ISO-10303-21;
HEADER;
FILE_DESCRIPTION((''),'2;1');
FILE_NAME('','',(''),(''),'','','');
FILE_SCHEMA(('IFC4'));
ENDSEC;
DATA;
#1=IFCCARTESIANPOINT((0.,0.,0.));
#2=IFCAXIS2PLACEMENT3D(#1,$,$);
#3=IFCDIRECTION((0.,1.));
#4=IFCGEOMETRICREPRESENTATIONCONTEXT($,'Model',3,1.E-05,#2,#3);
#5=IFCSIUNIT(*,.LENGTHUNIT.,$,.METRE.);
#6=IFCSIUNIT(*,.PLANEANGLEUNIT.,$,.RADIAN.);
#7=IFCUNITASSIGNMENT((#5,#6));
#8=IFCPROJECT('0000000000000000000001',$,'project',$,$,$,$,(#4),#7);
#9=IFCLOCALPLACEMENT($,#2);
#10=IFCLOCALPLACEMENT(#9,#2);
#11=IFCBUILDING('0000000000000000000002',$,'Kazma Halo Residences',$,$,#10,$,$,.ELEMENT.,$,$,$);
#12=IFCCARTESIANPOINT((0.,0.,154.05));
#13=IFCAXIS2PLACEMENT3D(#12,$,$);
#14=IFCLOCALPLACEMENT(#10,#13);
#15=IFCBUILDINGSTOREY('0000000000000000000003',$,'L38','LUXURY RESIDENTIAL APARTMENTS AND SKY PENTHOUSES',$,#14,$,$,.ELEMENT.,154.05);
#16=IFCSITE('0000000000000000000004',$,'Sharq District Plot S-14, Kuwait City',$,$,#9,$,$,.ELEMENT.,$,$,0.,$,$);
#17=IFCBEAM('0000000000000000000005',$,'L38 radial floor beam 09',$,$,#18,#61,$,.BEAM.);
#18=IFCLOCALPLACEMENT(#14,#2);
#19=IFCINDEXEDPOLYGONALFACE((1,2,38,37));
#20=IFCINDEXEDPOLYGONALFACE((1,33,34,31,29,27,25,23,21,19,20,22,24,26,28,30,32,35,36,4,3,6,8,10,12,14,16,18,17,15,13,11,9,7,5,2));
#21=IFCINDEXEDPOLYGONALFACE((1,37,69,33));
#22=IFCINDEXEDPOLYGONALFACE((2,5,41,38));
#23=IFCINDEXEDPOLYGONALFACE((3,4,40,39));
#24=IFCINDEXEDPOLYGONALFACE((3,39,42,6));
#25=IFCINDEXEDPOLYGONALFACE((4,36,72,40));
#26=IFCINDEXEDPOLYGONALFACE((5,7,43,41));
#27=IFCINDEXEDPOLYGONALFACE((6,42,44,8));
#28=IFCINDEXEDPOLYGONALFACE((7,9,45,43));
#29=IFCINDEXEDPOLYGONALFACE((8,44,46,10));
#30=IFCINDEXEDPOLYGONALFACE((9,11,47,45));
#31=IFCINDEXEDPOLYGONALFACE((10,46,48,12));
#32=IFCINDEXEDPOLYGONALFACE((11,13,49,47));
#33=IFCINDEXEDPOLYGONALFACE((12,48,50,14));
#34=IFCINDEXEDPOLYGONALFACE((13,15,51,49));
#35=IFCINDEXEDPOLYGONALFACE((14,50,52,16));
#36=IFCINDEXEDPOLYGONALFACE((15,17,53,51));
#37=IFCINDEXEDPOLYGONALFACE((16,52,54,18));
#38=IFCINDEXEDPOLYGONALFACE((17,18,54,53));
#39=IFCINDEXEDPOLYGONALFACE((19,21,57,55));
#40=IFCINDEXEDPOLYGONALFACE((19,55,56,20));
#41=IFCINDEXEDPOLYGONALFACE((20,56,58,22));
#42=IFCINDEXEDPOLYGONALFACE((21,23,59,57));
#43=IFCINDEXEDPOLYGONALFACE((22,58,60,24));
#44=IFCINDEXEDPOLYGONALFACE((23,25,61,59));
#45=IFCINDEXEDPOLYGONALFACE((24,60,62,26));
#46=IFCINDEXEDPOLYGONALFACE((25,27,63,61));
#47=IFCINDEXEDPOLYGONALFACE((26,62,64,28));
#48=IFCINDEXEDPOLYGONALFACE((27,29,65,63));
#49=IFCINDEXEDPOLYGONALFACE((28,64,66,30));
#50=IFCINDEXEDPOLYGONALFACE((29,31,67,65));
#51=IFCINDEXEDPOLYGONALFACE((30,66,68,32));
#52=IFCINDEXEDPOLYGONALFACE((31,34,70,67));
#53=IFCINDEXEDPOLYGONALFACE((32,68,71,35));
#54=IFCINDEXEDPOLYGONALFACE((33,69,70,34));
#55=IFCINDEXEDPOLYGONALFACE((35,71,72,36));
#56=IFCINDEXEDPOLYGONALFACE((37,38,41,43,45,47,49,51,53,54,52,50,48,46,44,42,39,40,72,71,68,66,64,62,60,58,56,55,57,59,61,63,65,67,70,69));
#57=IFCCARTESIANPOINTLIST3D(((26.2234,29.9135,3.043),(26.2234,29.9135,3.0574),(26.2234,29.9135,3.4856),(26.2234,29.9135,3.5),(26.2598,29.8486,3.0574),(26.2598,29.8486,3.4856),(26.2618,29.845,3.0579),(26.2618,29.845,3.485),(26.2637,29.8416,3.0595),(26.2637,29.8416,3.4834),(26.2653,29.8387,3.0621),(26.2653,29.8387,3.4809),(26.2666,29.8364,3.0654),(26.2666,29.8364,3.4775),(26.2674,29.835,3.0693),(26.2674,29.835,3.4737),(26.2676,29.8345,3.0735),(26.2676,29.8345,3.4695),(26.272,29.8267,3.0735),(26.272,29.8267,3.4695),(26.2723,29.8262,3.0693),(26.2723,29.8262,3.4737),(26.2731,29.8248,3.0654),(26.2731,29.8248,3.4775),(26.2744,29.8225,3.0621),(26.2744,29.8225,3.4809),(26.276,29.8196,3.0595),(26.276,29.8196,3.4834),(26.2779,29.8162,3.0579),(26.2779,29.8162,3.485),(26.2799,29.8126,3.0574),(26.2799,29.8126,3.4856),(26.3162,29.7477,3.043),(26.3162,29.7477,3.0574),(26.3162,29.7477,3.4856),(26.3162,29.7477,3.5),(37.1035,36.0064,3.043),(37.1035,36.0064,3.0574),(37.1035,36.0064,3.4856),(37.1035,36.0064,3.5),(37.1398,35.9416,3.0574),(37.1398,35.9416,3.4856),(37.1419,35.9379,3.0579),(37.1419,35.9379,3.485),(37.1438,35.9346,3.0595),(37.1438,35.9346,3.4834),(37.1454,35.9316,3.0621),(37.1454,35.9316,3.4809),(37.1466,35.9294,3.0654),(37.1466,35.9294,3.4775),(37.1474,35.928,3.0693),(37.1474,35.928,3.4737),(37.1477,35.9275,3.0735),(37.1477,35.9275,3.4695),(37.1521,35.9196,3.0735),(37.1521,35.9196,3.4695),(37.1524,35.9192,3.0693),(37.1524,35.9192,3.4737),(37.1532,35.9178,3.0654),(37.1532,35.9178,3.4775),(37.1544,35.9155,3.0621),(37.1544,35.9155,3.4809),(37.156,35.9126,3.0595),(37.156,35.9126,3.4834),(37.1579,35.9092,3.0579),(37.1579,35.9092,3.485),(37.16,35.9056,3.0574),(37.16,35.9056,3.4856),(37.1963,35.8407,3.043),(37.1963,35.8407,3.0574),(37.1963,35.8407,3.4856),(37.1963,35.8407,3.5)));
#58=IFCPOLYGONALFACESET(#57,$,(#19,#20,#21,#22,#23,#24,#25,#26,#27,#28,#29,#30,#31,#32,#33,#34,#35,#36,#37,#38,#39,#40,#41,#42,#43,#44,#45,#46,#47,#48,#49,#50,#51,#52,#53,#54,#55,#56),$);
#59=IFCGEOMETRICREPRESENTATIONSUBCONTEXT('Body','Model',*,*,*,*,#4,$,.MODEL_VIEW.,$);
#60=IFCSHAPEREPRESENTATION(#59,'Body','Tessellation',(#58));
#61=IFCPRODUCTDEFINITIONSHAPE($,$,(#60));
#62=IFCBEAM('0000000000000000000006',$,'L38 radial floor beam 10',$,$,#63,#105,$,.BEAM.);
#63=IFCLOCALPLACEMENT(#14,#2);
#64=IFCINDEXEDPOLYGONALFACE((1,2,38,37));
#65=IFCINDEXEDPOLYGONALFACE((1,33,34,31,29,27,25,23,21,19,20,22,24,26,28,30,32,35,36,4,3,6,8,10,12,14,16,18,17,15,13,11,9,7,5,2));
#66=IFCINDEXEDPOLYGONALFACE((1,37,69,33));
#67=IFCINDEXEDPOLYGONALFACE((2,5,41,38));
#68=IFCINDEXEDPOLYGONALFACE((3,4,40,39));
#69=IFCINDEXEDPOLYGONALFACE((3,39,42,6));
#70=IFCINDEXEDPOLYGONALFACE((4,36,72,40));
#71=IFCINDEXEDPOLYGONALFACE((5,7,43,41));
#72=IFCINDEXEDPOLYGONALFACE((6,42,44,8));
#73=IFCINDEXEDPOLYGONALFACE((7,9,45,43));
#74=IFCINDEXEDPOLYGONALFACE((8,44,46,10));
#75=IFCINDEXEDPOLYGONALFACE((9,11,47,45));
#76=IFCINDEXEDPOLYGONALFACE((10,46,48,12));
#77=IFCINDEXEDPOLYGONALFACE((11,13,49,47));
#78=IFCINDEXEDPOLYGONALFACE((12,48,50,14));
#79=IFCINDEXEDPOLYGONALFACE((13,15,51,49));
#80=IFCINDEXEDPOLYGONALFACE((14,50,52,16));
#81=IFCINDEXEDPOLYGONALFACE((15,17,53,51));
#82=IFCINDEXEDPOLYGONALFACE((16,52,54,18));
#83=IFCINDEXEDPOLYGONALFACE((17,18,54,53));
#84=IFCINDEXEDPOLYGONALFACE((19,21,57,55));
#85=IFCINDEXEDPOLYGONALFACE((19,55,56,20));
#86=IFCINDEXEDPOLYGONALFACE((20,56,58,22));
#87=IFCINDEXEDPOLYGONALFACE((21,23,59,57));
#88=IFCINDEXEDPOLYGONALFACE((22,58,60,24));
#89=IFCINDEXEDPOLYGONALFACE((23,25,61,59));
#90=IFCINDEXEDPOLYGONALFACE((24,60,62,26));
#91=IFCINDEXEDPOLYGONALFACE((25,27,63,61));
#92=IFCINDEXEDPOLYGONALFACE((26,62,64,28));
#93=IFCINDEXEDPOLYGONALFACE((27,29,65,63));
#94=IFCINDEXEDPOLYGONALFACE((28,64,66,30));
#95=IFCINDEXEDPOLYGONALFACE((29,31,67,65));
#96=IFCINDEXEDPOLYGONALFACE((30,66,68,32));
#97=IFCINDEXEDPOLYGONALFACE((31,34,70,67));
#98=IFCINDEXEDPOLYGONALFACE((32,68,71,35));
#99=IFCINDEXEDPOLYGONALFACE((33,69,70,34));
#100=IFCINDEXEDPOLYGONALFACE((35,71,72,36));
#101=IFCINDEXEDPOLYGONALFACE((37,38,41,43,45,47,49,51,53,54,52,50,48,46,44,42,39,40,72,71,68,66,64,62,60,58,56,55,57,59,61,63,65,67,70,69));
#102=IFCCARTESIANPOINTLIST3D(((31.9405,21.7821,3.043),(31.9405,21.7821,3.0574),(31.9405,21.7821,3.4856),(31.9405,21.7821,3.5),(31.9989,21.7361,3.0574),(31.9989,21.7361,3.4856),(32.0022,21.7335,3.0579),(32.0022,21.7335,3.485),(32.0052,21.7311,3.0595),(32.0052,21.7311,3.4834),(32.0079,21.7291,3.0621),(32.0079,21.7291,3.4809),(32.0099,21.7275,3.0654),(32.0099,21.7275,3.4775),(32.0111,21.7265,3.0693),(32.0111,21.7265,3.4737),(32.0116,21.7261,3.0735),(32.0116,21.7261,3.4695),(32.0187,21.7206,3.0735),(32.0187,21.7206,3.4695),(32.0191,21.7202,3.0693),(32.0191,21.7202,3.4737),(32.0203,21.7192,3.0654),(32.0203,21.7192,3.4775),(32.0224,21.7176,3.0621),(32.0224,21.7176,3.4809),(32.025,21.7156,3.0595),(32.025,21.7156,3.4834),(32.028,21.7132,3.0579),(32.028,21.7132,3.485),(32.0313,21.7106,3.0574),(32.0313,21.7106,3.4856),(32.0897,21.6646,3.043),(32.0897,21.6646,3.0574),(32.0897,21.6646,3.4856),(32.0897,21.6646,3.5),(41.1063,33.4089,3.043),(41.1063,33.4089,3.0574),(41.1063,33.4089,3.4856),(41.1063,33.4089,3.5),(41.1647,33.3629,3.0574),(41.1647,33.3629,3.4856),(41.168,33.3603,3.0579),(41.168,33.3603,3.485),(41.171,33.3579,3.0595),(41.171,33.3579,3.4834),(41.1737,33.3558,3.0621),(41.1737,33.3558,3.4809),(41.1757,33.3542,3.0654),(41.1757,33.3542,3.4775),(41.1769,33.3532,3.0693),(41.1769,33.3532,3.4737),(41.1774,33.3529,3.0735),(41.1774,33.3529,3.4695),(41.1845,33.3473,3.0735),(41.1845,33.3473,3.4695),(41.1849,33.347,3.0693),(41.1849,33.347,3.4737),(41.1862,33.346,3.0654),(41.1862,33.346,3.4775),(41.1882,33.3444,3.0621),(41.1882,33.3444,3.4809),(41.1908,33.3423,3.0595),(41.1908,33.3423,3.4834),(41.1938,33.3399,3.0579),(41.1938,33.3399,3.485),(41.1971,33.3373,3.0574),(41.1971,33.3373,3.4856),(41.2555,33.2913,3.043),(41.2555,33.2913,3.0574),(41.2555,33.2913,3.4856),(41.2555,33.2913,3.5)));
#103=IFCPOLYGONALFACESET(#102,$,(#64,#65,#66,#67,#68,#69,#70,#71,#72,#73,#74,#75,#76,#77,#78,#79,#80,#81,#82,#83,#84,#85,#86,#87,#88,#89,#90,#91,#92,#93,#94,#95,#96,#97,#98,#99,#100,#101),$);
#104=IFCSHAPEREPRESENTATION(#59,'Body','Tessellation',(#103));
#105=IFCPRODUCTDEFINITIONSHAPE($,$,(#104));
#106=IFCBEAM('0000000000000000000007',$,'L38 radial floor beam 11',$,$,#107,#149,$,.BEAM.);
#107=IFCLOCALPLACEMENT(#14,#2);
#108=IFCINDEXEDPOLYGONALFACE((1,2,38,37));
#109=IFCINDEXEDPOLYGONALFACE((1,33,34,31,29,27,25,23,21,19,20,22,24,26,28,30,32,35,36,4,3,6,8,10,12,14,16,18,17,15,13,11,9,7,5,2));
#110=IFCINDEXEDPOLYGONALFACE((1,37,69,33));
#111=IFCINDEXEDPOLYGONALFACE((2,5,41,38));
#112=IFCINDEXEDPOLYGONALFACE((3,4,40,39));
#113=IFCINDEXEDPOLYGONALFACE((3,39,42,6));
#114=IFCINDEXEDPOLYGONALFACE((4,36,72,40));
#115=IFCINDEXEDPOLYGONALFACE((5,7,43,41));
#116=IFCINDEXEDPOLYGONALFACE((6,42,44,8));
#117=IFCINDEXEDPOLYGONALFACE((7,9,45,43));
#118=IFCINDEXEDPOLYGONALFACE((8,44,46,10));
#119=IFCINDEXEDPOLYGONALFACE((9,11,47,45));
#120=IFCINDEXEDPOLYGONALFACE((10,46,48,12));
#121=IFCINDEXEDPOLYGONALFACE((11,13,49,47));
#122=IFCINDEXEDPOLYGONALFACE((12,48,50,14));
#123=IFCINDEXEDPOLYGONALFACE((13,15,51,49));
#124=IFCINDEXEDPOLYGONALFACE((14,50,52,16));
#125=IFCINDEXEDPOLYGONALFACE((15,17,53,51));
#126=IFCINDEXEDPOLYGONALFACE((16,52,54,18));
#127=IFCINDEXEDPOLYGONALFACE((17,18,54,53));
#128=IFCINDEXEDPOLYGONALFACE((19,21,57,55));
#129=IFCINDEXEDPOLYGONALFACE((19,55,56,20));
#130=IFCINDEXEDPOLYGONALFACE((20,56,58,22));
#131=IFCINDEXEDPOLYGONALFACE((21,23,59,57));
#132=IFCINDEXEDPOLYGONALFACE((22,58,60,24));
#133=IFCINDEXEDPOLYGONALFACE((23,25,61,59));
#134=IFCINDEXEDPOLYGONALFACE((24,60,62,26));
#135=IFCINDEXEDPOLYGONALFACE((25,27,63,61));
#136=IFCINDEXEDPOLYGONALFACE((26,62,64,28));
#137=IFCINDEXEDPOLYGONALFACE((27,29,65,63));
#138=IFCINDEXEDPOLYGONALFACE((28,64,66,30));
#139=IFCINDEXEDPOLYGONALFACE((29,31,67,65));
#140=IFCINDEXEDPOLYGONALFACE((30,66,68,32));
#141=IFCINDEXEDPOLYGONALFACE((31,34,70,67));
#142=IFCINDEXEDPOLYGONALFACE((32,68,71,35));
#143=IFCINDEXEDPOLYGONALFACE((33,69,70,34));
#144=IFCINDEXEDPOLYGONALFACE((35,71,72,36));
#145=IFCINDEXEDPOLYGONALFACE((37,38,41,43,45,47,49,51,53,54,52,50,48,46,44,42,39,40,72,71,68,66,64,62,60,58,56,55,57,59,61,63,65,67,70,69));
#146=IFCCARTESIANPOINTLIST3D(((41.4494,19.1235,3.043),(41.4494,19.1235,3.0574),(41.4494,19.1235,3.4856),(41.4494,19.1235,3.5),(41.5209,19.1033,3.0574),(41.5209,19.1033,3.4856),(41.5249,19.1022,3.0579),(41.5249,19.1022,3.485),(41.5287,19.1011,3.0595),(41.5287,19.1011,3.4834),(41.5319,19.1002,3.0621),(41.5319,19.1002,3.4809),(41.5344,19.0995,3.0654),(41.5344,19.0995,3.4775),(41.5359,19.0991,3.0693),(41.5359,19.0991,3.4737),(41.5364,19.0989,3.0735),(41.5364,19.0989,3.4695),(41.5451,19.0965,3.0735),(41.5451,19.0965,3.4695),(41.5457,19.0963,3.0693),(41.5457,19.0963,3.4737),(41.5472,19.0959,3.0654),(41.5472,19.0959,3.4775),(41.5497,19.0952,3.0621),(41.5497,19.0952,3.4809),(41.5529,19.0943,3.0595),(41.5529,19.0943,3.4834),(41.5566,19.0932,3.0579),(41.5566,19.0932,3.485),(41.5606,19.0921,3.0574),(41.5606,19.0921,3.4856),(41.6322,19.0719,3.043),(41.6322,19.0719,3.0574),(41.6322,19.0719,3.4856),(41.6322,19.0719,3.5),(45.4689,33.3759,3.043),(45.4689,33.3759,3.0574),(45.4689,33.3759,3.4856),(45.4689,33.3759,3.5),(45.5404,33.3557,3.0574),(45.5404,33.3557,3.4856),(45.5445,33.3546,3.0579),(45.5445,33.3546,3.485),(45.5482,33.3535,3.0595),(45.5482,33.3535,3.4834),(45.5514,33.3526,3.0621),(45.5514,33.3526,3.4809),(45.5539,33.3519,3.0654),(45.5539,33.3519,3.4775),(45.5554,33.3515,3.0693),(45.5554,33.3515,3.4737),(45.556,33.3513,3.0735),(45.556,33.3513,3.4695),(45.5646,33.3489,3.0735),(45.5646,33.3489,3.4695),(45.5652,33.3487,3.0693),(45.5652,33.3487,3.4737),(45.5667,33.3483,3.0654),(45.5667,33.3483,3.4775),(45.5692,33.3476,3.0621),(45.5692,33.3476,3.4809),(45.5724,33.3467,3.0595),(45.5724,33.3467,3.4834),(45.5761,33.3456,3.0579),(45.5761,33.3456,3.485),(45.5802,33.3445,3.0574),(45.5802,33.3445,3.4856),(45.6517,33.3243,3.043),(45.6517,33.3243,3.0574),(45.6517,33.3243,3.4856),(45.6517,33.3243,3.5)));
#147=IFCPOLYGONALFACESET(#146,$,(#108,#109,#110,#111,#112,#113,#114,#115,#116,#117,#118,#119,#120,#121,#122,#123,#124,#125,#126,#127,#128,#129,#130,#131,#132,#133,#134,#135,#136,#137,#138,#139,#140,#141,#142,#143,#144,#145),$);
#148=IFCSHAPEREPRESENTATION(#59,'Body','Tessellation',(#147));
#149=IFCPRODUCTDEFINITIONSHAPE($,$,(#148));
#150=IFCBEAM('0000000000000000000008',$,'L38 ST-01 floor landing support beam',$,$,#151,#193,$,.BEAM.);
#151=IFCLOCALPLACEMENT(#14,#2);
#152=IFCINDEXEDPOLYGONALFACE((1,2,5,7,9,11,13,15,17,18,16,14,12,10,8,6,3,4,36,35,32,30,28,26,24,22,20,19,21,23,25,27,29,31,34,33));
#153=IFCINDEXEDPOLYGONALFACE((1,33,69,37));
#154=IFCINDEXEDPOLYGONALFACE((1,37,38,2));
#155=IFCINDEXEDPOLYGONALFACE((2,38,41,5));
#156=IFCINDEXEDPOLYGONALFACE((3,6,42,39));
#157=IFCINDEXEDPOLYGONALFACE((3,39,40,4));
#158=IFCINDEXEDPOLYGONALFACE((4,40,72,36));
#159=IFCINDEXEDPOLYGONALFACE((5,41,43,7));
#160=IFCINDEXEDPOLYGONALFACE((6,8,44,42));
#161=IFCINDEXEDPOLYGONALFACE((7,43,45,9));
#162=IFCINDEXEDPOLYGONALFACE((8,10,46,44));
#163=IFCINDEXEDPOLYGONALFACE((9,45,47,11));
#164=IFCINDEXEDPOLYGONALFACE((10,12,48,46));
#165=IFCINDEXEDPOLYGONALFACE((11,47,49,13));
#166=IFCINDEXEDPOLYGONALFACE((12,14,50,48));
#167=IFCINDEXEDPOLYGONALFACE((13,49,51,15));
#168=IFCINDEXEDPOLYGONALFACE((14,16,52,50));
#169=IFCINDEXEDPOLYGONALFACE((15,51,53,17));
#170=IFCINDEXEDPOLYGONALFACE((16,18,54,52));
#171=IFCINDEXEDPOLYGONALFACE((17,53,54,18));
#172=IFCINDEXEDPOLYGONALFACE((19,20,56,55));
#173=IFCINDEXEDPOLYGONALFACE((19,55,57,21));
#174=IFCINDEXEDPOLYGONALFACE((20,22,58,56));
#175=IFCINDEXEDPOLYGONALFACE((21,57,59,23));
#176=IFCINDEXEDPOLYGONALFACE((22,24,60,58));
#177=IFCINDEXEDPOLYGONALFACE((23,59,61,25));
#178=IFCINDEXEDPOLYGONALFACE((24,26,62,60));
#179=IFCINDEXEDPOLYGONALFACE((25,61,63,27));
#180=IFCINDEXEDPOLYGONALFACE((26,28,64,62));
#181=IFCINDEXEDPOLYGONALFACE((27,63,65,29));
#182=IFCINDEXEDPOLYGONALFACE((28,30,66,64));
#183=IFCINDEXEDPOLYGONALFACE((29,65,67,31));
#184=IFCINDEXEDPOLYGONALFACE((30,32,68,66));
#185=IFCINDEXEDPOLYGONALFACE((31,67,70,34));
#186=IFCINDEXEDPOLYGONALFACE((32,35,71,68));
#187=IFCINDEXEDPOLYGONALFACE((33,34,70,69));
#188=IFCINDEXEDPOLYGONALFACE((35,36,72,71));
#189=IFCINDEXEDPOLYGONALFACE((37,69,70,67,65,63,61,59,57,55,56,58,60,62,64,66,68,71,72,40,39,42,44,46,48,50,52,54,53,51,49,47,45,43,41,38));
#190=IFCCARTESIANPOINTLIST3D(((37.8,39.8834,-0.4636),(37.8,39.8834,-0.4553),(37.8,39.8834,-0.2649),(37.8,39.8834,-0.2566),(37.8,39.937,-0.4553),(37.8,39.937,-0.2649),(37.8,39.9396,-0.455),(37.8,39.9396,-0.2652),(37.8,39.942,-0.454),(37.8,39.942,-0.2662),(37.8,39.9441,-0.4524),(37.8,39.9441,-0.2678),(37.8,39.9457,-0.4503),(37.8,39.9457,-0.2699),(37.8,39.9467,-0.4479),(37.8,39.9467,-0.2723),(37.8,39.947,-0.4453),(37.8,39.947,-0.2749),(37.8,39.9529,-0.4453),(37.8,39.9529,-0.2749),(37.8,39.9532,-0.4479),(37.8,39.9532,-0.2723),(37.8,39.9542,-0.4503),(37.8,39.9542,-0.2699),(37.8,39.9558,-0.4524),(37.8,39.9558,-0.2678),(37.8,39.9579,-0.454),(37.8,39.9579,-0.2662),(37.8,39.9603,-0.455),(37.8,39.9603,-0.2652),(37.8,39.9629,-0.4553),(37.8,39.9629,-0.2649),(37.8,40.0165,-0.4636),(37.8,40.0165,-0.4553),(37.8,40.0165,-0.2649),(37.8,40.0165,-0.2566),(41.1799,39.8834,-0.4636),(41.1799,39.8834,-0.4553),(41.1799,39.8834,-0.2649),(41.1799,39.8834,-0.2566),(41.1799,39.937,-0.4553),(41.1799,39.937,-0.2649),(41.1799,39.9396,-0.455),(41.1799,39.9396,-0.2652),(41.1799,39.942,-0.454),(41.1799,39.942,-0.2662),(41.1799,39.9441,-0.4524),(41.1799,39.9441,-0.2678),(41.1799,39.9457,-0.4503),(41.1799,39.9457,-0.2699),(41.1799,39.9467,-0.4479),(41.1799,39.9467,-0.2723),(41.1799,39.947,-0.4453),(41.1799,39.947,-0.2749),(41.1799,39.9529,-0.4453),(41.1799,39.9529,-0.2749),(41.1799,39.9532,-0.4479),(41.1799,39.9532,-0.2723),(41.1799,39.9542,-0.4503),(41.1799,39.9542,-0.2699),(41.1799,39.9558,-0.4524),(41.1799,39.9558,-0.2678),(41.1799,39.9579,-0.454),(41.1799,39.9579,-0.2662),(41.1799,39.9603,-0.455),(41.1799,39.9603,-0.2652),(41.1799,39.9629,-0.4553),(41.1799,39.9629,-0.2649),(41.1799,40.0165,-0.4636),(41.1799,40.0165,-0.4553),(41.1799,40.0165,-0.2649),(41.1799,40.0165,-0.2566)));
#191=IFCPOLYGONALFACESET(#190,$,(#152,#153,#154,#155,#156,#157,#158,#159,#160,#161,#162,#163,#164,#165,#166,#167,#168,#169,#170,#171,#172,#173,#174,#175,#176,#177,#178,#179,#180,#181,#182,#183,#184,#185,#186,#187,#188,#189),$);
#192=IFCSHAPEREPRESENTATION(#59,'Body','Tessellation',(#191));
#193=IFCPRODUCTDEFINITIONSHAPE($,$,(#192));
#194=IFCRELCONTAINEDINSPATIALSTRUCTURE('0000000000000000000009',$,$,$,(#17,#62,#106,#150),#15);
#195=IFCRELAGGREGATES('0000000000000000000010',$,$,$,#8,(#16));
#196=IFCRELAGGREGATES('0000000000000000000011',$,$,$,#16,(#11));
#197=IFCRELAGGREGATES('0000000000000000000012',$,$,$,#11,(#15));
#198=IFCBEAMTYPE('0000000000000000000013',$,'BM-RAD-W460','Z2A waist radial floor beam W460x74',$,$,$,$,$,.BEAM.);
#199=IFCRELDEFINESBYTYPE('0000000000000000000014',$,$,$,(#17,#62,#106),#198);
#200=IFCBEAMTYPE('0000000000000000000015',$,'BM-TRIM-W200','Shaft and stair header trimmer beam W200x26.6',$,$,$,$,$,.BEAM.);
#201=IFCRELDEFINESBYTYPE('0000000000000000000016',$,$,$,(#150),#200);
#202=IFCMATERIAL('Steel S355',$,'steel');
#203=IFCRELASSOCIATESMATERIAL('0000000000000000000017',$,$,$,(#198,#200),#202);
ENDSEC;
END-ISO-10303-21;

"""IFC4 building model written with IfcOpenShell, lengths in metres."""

from ifc_helpers import new_model, si_unit, direction, frame, origin, origin_2d, place, context, subcontext, project, spatial, i_section, extrude, material, material_profile, profile_set, type_object, element, save


model = new_model("IFC4")

# Units and contexts
model_context = context("Model", 3, precision=1e-05, world=origin(), true_north=direction((0.0, 1.0)))
body_context = subcontext(model_context, "Body", "Model", "MODEL_VIEW")
ifc_project = project(units=[si_unit("LENGTHUNIT", "METRE"), si_unit("PLANEANGLEUNIT", "RADIAN")], contexts=[model_context])

# Site, building, storey
site_placement = place(None, origin())
site = spatial("IfcSite", under=ifc_project, at=site_placement, Name="Sharq District Plot S-14, Kuwait City", CompositionType="ELEMENT", RefElevation=0.0)
building_placement = place(site_placement, origin())
building = spatial("IfcBuilding", under=site, at=building_placement, Name="Kazma Halo Residences", CompositionType="ELEMENT")
storey_placement = place(building_placement, frame((0.0, 0.0, 154.05)))
storey = spatial("IfcBuildingStorey", under=building, at=storey_placement, Name="L38", Description="LUXURY RESIDENTIAL APARTMENTS AND SKY PENTHOUSES", CompositionType="ELEMENT", Elevation=154.05)

# Beams
ifc_material_1 = material(Name="Steel S355", Category="steel")
ifc_material_profile_1 = material_profile(ifc_material_1, i_section(OverallWidth=0.1899, OverallDepth=0.457, WebThickness=0.009, FlangeThickness=0.0144, FilletRadius=0.0161, at=origin_2d()), Name="W460x74")
ifc_profile_set_1 = profile_set([ifc_material_profile_1], Name="Steel S355")
beam_type_1 = type_object("IfcBeamType", Name="BM-RAD-W460", Description="Z2A waist radial floor beam W460x74", PredefinedType="BEAM", material=ifc_profile_set_1)
beam_1_placement = place(storey_placement, frame((37.1499, 35.9236, 3.2715), z_axis=(-0.872501, -0.488612, 0.0), x_axis=(0.488612, -0.872501, 0.0)))
element("IfcBeam", 1, at=beam_1_placement, inside=storey, type_object=beam_type_1, Name="L38 radial floor beam 09", PredefinedType="BEAM", context=body_context, shape_type="SweptSolid", body=[
    extrude(i_section(OverallWidth=0.1899, OverallDepth=0.457, WebThickness=0.009, FlangeThickness=0.0144, FilletRadius=0.0161, at=origin_2d()), origin(), (0.0, 0.0, 1.0), 12.47),
])
beam_2_placement = place(storey_placement, frame((41.1809, 33.3501, 3.2715), z_axis=(-0.619094, -0.785316, 0.0), x_axis=(0.785316, -0.619094, 0.0)))
element("IfcBeam", 2, at=beam_2_placement, inside=storey, type_object=beam_type_1, Name="L38 radial floor beam 10", PredefinedType="BEAM", context=body_context, shape_type="SweptSolid", body=[
    extrude(i_section(OverallWidth=0.1899, OverallDepth=0.457, WebThickness=0.009, FlangeThickness=0.0144, FilletRadius=0.0161, at=origin_2d()), origin(), (0.0, 0.0, 1.0), 14.8052),
])
beam_3_placement = place(storey_placement, frame((45.5603, 33.3501, 3.2715), z_axis=(-0.271436, -0.962457, 0.0), x_axis=(0.962457, -0.271436, 0.0)))
element("IfcBeam", 3, at=beam_3_placement, inside=storey, type_object=beam_type_1, Name="L38 radial floor beam 11", PredefinedType="BEAM", context=body_context, shape_type="SweptSolid", body=[
    extrude(i_section(OverallWidth=0.1899, OverallDepth=0.457, WebThickness=0.009, FlangeThickness=0.0144, FilletRadius=0.0161, at=origin_2d()), origin(), (0.0, 0.0, 1.0), 14.8083),
])
ifc_material_profile_2 = material_profile(ifc_material_1, i_section(OverallWidth=0.1331, OverallDepth=0.207, WebThickness=0.0059, FlangeThickness=0.0083, FilletRadius=0.01, at=origin_2d()), Name="W200x26.6")
ifc_profile_set_2 = profile_set([ifc_material_profile_2], Name="Steel S355")
beam_type_2 = type_object("IfcBeamType", Name="BM-TRIM-W200", Description="Shaft and stair header trimmer beam W200x26.6", PredefinedType="BEAM", material=ifc_profile_set_2)
beam_4_placement = place(storey_placement, frame((37.8, 39.95, -0.3601), z_axis=(1.0, 0.0, 0.0), x_axis=(0.0, 1.0, 0.0)))
element("IfcBeam", 4, at=beam_4_placement, inside=storey, type_object=beam_type_2, Name="L38 ST-01 floor landing support beam", PredefinedType="BEAM", context=body_context, shape_type="SweptSolid", body=[
    extrude(i_section(OverallWidth=0.1331, OverallDepth=0.207, WebThickness=0.0059, FlangeThickness=0.0083, FilletRadius=0.01, at=origin_2d()), origin(), (0.0, 0.0, 1.0), 3.3799),
])

save(model, "model.ifc")
